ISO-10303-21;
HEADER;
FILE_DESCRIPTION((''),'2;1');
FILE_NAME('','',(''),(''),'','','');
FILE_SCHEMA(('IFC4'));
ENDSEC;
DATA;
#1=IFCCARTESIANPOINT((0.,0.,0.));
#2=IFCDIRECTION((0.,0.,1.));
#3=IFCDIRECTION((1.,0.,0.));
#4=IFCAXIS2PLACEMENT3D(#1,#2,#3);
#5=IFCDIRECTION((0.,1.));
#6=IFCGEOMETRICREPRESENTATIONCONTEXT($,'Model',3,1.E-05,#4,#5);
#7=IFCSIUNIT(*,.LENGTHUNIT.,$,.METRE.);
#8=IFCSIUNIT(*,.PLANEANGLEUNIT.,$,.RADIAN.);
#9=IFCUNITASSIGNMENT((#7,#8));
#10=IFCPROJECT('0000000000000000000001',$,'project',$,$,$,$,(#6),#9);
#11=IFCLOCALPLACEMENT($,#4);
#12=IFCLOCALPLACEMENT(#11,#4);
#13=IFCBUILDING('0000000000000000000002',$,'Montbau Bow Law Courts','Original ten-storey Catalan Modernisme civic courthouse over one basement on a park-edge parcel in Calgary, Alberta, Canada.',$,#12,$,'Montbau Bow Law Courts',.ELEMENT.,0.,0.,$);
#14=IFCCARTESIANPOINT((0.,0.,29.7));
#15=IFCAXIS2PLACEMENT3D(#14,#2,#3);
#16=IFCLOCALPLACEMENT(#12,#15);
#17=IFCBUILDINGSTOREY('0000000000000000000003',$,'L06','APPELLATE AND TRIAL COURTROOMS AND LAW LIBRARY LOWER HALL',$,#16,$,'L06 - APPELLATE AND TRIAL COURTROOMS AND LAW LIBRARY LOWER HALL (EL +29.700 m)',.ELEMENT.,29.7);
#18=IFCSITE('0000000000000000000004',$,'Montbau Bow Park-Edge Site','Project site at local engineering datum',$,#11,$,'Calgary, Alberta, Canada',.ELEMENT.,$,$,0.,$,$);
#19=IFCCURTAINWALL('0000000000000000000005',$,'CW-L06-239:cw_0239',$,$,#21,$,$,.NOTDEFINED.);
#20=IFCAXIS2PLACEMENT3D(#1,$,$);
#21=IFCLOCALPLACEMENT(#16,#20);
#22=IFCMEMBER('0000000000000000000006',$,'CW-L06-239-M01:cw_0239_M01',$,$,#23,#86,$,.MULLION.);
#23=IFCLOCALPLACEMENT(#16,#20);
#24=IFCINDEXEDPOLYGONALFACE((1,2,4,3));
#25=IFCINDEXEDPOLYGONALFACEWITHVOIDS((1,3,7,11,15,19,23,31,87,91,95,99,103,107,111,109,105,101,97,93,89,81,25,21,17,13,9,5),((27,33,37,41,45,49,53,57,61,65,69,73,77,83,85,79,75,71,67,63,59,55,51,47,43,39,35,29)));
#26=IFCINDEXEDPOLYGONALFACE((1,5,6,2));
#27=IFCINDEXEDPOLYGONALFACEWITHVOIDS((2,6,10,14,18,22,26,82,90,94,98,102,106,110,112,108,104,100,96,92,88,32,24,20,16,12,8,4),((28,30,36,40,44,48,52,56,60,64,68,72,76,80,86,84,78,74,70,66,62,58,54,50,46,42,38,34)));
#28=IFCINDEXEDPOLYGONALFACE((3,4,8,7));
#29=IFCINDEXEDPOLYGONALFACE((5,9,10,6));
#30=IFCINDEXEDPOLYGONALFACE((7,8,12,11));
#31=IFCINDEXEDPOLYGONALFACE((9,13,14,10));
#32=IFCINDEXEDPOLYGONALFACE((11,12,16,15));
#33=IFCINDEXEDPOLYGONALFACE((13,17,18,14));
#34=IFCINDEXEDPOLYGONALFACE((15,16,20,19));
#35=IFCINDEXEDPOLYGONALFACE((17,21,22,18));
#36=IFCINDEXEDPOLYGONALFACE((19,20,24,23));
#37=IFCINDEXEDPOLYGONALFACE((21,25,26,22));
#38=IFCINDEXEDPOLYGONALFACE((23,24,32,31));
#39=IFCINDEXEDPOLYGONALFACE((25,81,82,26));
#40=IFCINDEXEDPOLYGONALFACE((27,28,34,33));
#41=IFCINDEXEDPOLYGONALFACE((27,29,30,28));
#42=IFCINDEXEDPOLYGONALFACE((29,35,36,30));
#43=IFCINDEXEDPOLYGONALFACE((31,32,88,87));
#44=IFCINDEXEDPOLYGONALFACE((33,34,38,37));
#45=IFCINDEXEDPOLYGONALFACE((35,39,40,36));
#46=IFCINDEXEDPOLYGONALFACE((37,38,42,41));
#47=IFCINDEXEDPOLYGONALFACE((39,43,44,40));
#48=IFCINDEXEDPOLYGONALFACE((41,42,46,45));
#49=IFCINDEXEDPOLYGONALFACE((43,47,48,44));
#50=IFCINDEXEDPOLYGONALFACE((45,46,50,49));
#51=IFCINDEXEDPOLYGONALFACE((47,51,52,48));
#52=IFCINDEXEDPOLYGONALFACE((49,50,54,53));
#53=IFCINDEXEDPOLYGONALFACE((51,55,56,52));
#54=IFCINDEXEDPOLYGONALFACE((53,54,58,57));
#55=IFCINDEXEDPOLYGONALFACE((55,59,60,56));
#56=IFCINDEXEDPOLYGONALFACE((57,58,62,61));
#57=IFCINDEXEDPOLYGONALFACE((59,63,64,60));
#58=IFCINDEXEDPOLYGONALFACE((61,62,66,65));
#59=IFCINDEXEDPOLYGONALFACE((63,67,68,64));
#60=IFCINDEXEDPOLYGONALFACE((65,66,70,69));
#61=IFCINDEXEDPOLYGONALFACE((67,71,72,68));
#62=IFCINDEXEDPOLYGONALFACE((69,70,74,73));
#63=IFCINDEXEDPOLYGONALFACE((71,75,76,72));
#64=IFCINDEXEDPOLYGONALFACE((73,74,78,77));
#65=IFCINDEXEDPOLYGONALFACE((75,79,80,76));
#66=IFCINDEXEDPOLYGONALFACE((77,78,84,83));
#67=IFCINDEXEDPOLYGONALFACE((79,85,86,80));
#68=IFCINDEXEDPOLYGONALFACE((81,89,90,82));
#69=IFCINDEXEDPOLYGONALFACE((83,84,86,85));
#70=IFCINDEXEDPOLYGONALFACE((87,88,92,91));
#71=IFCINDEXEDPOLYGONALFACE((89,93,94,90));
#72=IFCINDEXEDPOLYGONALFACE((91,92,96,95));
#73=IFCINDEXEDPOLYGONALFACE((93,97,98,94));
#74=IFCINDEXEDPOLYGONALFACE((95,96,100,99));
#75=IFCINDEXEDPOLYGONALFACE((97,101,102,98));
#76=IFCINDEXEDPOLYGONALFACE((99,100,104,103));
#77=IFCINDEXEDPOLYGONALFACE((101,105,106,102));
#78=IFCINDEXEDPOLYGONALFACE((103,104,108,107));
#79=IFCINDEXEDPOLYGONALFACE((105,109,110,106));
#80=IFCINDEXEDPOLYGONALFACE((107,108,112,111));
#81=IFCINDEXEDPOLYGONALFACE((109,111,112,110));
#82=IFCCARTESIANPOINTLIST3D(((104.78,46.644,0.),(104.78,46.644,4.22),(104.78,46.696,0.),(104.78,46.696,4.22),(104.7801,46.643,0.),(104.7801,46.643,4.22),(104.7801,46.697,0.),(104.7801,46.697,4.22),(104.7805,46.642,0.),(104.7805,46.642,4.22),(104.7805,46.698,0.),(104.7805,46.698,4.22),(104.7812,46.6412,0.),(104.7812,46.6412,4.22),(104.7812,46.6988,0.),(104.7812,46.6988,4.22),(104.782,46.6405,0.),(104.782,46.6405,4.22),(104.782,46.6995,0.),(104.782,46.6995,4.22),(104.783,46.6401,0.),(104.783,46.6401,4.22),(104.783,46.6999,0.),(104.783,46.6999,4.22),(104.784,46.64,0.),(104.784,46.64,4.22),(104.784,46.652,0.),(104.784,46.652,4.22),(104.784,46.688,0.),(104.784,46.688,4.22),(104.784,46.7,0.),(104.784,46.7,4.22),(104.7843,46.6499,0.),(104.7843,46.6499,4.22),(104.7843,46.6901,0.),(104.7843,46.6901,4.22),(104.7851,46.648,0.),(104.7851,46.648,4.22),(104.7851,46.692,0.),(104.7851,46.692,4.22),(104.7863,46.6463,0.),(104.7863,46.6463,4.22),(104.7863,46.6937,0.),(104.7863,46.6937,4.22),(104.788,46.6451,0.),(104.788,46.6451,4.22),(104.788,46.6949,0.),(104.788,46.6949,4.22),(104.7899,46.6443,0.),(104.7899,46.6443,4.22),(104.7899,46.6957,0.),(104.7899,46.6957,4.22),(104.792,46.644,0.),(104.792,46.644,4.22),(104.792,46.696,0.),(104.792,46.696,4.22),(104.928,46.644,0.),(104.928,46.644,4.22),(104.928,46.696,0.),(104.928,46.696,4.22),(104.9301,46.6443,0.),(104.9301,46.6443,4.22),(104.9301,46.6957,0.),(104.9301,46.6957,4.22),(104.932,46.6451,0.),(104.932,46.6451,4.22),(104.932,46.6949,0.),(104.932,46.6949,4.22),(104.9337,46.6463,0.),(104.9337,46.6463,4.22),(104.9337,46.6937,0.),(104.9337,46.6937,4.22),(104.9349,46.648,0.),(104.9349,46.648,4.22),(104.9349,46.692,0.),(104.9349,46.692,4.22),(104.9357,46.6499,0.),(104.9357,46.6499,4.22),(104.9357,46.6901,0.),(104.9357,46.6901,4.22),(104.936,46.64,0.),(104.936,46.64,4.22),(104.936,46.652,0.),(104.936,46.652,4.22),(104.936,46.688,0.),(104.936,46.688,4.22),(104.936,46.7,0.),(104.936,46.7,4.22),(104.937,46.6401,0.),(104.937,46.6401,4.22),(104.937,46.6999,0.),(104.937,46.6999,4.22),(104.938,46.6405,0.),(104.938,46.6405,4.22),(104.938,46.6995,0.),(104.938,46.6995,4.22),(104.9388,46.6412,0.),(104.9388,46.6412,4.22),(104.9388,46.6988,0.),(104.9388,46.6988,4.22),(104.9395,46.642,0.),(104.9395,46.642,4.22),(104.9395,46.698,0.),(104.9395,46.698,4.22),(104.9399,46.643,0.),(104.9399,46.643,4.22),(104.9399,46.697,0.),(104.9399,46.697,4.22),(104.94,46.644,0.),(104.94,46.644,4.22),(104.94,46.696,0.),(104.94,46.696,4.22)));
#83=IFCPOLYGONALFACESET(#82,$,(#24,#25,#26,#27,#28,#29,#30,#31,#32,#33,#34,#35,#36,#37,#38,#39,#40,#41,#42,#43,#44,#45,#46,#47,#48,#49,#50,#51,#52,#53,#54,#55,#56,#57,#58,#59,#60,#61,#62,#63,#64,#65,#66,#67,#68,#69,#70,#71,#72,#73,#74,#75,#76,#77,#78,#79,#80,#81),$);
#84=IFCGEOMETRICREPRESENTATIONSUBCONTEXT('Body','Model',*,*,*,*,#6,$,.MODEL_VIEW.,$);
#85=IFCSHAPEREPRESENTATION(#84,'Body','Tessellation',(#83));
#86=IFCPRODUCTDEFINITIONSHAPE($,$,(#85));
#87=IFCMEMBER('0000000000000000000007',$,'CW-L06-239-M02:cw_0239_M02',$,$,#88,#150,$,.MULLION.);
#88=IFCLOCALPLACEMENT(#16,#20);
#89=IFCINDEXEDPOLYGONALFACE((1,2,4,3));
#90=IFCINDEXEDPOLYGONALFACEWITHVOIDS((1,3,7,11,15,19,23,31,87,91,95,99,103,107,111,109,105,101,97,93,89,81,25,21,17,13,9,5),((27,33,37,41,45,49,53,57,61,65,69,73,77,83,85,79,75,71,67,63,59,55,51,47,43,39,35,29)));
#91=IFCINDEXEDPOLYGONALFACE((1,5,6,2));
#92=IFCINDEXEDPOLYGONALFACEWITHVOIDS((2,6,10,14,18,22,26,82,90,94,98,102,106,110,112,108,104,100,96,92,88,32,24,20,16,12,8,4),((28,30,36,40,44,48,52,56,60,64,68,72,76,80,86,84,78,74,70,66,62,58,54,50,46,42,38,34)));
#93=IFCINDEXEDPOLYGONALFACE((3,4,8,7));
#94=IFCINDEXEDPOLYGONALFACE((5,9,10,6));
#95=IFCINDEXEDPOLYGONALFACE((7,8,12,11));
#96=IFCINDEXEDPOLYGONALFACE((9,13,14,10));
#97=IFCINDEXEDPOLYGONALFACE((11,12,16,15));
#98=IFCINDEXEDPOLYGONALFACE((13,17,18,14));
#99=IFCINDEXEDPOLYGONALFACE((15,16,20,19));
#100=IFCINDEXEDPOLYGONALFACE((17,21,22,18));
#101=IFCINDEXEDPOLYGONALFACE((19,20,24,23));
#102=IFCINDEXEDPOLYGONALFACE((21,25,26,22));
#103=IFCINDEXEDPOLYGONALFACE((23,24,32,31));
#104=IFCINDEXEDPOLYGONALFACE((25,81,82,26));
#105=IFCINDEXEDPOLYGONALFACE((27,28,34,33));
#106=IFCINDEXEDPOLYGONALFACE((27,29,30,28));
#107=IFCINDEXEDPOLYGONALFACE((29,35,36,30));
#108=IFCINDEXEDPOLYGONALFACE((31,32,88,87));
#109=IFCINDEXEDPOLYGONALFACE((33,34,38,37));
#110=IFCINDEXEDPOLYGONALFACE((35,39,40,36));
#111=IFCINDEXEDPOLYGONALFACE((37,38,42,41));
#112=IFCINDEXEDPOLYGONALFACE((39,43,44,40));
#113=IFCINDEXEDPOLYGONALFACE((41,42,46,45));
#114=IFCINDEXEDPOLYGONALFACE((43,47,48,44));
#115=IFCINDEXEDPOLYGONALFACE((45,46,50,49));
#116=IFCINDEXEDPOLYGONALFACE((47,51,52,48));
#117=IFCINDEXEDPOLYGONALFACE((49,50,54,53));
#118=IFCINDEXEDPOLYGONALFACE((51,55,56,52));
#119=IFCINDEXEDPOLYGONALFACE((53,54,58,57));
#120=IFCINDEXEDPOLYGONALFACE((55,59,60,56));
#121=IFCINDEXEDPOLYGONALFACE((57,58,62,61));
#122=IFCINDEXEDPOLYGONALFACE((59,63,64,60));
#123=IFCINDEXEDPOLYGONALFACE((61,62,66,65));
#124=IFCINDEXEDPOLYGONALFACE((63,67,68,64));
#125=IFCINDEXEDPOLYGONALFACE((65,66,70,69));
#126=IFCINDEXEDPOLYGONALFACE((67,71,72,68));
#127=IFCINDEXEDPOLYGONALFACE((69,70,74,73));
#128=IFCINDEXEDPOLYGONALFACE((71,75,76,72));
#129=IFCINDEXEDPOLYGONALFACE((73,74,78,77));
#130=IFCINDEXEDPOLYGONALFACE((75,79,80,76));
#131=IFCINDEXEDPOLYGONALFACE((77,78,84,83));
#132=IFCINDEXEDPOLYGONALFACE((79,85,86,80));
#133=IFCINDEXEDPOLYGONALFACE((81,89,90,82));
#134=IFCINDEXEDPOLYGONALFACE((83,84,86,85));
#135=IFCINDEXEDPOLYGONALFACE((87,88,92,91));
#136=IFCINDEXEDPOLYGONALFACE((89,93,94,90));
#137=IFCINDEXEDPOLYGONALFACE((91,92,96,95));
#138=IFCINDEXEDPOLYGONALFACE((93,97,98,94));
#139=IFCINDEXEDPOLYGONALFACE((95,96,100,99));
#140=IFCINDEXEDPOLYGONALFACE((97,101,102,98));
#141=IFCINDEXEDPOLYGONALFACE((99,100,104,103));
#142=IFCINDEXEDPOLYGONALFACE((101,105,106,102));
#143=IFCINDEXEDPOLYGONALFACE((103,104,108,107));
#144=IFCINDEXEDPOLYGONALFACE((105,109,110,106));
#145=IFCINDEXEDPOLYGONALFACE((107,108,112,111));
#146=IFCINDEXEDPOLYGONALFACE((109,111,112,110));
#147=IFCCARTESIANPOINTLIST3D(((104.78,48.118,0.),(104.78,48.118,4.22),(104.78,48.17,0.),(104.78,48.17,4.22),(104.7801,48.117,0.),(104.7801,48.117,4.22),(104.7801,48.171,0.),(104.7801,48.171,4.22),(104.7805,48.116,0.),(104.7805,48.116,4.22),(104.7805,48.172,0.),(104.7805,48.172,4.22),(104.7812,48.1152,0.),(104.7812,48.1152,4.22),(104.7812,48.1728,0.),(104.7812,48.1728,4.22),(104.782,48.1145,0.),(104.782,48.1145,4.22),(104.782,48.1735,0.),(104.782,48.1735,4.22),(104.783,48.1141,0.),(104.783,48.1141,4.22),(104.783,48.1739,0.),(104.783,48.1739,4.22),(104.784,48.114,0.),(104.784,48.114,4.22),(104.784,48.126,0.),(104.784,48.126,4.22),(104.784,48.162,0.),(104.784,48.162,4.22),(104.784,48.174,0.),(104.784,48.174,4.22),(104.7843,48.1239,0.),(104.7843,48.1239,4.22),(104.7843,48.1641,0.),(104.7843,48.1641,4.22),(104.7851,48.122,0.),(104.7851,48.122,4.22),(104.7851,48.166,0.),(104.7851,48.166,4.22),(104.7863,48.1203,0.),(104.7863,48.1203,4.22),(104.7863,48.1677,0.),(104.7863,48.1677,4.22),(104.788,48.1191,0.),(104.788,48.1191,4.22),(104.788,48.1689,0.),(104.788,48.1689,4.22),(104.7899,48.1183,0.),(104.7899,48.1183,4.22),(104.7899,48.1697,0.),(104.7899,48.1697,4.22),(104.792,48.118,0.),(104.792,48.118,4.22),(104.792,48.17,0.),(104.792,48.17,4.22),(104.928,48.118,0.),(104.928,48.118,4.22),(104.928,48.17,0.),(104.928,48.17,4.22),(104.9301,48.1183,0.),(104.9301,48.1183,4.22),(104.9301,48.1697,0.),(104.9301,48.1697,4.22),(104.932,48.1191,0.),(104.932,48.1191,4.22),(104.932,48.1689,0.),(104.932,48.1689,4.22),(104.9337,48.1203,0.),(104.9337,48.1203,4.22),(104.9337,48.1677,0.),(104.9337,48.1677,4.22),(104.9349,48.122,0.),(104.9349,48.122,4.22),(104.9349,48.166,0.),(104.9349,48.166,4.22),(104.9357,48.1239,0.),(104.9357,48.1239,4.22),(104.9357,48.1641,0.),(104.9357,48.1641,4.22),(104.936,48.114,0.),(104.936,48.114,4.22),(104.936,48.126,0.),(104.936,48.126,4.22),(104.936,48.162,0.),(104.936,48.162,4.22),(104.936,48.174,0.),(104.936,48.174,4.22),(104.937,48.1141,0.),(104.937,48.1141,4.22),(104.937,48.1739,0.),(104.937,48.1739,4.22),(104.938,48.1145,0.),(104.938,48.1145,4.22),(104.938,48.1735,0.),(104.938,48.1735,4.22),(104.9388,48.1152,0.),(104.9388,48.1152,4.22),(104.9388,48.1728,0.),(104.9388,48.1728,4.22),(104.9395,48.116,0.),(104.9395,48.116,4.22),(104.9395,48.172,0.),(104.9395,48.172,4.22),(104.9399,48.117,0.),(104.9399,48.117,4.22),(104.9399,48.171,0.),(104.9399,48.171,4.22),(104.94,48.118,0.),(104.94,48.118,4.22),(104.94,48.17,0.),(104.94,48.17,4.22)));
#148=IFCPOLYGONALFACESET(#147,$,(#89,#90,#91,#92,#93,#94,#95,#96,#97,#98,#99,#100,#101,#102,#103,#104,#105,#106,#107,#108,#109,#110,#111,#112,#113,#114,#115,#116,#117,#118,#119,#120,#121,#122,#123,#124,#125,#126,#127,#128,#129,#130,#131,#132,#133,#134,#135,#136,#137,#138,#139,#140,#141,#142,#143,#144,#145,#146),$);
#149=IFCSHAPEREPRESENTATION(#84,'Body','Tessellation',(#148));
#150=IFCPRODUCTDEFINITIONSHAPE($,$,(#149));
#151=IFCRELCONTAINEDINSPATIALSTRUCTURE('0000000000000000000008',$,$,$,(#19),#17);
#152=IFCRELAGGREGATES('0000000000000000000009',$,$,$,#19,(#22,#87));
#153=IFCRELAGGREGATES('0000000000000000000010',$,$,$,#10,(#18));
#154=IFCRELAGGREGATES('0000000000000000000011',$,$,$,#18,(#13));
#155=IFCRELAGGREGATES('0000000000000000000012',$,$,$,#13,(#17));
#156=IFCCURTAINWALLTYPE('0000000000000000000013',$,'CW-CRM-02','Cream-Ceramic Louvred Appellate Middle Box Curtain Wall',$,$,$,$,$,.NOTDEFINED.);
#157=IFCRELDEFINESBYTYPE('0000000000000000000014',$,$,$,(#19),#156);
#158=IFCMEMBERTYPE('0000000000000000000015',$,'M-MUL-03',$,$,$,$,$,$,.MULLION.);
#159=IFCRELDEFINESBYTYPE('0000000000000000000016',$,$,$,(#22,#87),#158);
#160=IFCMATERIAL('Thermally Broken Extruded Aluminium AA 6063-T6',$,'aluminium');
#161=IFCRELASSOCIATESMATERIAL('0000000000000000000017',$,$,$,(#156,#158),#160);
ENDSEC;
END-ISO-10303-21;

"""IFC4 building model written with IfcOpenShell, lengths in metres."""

from ifc_helpers import new_model, si_unit, direction, frame, origin_with_axes, origin_2d_with_axis, place, context, subcontext, project, spatial, hollow_rectangle, extrude, material, material_profile, profile_set, type_object, element, aggregate, save


model = new_model("IFC4")

# Units and contexts
model_context = context("Model", 3, precision=1e-05, world=origin_with_axes(), true_north=direction((0.0, 1.0)))
body_context = subcontext(model_context, "Body", "Model", "MODEL_VIEW")
ifc_project = project(units=[si_unit("LENGTHUNIT", "METRE"), si_unit("PLANEANGLEUNIT", "RADIAN")], contexts=[model_context])

# Site, building, storey
site_placement = place(None, origin_with_axes())
site = spatial("IfcSite", under=ifc_project, at=site_placement, Name="Montbau Bow Park-Edge Site", Description="Project site at local engineering datum", LongName="Calgary, Alberta, Canada", CompositionType="ELEMENT", RefElevation=0.0)
building_placement = place(site_placement, origin_with_axes())
building = spatial("IfcBuilding", under=site, at=building_placement, Name="Montbau Bow Law Courts", Description="Original ten-storey Catalan Modernisme civic courthouse over one basement on a park-edge parcel in Calgary, Alberta, Canada.", LongName="Montbau Bow Law Courts", CompositionType="ELEMENT", ElevationOfRefHeight=0.0, ElevationOfTerrain=0.0)
storey_placement = place(building_placement, frame((0.0, 0.0, 29.7), z_axis=(0.0, 0.0, 1.0), x_axis=(1.0, 0.0, 0.0)))
storey = spatial("IfcBuildingStorey", under=building, at=storey_placement, Name="L06", Description="APPELLATE AND TRIAL COURTROOMS AND LAW LIBRARY LOWER HALL", LongName="L06 - APPELLATE AND TRIAL COURTROOMS AND LAW LIBRARY LOWER HALL (EL +29.700 m)", CompositionType="ELEMENT", Elevation=29.7)

# Shared definitions
ifc_material_1 = material(Name="Thermally Broken Extruded Aluminium AA 6063-T6", Category="aluminium")
curtain_wall_type = type_object("IfcCurtainWallType", Name="CW-CRM-02", Description="Cream-Ceramic Louvred Appellate Middle Box Curtain Wall", PredefinedType="NOTDEFINED", material=ifc_material_1)

# Curtain wall, members
curtain_wall_1_placement = place(None, frame((104.86, 46.64, 29.7), z_axis=(0.0, 0.0, 1.0), x_axis=(1.0, 0.0, 0.0)))
curtain_wall_1 = element("IfcCurtainWall", 1, at=curtain_wall_1_placement, inside=storey, type_object=curtain_wall_type, Name="CW-L06-239:cw_0239", PredefinedType="NOTDEFINED")
ifc_material_profile_1 = material_profile(ifc_material_1, hollow_rectangle(XDim=0.06, YDim=0.16, WallThickness=0.004, InnerFilletRadius=0.008, OuterFilletRadius=0.004, at=origin_2d_with_axis()), Name="CWM-160X60", Category="Main", Priority=0)
ifc_profile_set_1 = profile_set([ifc_material_profile_1], Name="Thermally Broken Extruded Aluminium AA 6063-T6")
member_type_1 = type_object("IfcMemberType", Name="M-MUL-03", PredefinedType="MULLION", material=ifc_profile_set_1)
member_1_placement = place(None, frame((104.86, 46.67, 29.7), z_axis=(0.0, 0.0, 1.0), x_axis=(0.0, 1.0, 0.0)))
member_1 = element("IfcMember", 2, at=member_1_placement, type_object=member_type_1, Name="CW-L06-239-M01:cw_0239_M01", PredefinedType="MULLION", context=body_context, shape_type="SweptSolid", body=[
    extrude(hollow_rectangle(XDim=0.06, YDim=0.16, WallThickness=0.004, InnerFilletRadius=0.008, OuterFilletRadius=0.004, at=origin_2d_with_axis()), origin_with_axes(), (0.0, 0.0, 1.0), 4.22),
])
member_2_placement = place(None, frame((104.86, 48.144, 29.7), z_axis=(0.0, 0.0, 1.0), x_axis=(0.0, 1.0, 0.0)))
member_2 = element("IfcMember", 3, at=member_2_placement, type_object=member_type_1, Name="CW-L06-239-M02:cw_0239_M02", PredefinedType="MULLION", context=body_context, shape_type="SweptSolid", body=[
    extrude(hollow_rectangle(XDim=0.06, YDim=0.16, WallThickness=0.004, InnerFilletRadius=0.008, OuterFilletRadius=0.004, at=origin_2d_with_axis()), origin_with_axes(), (0.0, 0.0, 1.0), 4.22),
])

aggregate(curtain_wall_1, [member_1, member_2])

save(model, "model.ifc")
